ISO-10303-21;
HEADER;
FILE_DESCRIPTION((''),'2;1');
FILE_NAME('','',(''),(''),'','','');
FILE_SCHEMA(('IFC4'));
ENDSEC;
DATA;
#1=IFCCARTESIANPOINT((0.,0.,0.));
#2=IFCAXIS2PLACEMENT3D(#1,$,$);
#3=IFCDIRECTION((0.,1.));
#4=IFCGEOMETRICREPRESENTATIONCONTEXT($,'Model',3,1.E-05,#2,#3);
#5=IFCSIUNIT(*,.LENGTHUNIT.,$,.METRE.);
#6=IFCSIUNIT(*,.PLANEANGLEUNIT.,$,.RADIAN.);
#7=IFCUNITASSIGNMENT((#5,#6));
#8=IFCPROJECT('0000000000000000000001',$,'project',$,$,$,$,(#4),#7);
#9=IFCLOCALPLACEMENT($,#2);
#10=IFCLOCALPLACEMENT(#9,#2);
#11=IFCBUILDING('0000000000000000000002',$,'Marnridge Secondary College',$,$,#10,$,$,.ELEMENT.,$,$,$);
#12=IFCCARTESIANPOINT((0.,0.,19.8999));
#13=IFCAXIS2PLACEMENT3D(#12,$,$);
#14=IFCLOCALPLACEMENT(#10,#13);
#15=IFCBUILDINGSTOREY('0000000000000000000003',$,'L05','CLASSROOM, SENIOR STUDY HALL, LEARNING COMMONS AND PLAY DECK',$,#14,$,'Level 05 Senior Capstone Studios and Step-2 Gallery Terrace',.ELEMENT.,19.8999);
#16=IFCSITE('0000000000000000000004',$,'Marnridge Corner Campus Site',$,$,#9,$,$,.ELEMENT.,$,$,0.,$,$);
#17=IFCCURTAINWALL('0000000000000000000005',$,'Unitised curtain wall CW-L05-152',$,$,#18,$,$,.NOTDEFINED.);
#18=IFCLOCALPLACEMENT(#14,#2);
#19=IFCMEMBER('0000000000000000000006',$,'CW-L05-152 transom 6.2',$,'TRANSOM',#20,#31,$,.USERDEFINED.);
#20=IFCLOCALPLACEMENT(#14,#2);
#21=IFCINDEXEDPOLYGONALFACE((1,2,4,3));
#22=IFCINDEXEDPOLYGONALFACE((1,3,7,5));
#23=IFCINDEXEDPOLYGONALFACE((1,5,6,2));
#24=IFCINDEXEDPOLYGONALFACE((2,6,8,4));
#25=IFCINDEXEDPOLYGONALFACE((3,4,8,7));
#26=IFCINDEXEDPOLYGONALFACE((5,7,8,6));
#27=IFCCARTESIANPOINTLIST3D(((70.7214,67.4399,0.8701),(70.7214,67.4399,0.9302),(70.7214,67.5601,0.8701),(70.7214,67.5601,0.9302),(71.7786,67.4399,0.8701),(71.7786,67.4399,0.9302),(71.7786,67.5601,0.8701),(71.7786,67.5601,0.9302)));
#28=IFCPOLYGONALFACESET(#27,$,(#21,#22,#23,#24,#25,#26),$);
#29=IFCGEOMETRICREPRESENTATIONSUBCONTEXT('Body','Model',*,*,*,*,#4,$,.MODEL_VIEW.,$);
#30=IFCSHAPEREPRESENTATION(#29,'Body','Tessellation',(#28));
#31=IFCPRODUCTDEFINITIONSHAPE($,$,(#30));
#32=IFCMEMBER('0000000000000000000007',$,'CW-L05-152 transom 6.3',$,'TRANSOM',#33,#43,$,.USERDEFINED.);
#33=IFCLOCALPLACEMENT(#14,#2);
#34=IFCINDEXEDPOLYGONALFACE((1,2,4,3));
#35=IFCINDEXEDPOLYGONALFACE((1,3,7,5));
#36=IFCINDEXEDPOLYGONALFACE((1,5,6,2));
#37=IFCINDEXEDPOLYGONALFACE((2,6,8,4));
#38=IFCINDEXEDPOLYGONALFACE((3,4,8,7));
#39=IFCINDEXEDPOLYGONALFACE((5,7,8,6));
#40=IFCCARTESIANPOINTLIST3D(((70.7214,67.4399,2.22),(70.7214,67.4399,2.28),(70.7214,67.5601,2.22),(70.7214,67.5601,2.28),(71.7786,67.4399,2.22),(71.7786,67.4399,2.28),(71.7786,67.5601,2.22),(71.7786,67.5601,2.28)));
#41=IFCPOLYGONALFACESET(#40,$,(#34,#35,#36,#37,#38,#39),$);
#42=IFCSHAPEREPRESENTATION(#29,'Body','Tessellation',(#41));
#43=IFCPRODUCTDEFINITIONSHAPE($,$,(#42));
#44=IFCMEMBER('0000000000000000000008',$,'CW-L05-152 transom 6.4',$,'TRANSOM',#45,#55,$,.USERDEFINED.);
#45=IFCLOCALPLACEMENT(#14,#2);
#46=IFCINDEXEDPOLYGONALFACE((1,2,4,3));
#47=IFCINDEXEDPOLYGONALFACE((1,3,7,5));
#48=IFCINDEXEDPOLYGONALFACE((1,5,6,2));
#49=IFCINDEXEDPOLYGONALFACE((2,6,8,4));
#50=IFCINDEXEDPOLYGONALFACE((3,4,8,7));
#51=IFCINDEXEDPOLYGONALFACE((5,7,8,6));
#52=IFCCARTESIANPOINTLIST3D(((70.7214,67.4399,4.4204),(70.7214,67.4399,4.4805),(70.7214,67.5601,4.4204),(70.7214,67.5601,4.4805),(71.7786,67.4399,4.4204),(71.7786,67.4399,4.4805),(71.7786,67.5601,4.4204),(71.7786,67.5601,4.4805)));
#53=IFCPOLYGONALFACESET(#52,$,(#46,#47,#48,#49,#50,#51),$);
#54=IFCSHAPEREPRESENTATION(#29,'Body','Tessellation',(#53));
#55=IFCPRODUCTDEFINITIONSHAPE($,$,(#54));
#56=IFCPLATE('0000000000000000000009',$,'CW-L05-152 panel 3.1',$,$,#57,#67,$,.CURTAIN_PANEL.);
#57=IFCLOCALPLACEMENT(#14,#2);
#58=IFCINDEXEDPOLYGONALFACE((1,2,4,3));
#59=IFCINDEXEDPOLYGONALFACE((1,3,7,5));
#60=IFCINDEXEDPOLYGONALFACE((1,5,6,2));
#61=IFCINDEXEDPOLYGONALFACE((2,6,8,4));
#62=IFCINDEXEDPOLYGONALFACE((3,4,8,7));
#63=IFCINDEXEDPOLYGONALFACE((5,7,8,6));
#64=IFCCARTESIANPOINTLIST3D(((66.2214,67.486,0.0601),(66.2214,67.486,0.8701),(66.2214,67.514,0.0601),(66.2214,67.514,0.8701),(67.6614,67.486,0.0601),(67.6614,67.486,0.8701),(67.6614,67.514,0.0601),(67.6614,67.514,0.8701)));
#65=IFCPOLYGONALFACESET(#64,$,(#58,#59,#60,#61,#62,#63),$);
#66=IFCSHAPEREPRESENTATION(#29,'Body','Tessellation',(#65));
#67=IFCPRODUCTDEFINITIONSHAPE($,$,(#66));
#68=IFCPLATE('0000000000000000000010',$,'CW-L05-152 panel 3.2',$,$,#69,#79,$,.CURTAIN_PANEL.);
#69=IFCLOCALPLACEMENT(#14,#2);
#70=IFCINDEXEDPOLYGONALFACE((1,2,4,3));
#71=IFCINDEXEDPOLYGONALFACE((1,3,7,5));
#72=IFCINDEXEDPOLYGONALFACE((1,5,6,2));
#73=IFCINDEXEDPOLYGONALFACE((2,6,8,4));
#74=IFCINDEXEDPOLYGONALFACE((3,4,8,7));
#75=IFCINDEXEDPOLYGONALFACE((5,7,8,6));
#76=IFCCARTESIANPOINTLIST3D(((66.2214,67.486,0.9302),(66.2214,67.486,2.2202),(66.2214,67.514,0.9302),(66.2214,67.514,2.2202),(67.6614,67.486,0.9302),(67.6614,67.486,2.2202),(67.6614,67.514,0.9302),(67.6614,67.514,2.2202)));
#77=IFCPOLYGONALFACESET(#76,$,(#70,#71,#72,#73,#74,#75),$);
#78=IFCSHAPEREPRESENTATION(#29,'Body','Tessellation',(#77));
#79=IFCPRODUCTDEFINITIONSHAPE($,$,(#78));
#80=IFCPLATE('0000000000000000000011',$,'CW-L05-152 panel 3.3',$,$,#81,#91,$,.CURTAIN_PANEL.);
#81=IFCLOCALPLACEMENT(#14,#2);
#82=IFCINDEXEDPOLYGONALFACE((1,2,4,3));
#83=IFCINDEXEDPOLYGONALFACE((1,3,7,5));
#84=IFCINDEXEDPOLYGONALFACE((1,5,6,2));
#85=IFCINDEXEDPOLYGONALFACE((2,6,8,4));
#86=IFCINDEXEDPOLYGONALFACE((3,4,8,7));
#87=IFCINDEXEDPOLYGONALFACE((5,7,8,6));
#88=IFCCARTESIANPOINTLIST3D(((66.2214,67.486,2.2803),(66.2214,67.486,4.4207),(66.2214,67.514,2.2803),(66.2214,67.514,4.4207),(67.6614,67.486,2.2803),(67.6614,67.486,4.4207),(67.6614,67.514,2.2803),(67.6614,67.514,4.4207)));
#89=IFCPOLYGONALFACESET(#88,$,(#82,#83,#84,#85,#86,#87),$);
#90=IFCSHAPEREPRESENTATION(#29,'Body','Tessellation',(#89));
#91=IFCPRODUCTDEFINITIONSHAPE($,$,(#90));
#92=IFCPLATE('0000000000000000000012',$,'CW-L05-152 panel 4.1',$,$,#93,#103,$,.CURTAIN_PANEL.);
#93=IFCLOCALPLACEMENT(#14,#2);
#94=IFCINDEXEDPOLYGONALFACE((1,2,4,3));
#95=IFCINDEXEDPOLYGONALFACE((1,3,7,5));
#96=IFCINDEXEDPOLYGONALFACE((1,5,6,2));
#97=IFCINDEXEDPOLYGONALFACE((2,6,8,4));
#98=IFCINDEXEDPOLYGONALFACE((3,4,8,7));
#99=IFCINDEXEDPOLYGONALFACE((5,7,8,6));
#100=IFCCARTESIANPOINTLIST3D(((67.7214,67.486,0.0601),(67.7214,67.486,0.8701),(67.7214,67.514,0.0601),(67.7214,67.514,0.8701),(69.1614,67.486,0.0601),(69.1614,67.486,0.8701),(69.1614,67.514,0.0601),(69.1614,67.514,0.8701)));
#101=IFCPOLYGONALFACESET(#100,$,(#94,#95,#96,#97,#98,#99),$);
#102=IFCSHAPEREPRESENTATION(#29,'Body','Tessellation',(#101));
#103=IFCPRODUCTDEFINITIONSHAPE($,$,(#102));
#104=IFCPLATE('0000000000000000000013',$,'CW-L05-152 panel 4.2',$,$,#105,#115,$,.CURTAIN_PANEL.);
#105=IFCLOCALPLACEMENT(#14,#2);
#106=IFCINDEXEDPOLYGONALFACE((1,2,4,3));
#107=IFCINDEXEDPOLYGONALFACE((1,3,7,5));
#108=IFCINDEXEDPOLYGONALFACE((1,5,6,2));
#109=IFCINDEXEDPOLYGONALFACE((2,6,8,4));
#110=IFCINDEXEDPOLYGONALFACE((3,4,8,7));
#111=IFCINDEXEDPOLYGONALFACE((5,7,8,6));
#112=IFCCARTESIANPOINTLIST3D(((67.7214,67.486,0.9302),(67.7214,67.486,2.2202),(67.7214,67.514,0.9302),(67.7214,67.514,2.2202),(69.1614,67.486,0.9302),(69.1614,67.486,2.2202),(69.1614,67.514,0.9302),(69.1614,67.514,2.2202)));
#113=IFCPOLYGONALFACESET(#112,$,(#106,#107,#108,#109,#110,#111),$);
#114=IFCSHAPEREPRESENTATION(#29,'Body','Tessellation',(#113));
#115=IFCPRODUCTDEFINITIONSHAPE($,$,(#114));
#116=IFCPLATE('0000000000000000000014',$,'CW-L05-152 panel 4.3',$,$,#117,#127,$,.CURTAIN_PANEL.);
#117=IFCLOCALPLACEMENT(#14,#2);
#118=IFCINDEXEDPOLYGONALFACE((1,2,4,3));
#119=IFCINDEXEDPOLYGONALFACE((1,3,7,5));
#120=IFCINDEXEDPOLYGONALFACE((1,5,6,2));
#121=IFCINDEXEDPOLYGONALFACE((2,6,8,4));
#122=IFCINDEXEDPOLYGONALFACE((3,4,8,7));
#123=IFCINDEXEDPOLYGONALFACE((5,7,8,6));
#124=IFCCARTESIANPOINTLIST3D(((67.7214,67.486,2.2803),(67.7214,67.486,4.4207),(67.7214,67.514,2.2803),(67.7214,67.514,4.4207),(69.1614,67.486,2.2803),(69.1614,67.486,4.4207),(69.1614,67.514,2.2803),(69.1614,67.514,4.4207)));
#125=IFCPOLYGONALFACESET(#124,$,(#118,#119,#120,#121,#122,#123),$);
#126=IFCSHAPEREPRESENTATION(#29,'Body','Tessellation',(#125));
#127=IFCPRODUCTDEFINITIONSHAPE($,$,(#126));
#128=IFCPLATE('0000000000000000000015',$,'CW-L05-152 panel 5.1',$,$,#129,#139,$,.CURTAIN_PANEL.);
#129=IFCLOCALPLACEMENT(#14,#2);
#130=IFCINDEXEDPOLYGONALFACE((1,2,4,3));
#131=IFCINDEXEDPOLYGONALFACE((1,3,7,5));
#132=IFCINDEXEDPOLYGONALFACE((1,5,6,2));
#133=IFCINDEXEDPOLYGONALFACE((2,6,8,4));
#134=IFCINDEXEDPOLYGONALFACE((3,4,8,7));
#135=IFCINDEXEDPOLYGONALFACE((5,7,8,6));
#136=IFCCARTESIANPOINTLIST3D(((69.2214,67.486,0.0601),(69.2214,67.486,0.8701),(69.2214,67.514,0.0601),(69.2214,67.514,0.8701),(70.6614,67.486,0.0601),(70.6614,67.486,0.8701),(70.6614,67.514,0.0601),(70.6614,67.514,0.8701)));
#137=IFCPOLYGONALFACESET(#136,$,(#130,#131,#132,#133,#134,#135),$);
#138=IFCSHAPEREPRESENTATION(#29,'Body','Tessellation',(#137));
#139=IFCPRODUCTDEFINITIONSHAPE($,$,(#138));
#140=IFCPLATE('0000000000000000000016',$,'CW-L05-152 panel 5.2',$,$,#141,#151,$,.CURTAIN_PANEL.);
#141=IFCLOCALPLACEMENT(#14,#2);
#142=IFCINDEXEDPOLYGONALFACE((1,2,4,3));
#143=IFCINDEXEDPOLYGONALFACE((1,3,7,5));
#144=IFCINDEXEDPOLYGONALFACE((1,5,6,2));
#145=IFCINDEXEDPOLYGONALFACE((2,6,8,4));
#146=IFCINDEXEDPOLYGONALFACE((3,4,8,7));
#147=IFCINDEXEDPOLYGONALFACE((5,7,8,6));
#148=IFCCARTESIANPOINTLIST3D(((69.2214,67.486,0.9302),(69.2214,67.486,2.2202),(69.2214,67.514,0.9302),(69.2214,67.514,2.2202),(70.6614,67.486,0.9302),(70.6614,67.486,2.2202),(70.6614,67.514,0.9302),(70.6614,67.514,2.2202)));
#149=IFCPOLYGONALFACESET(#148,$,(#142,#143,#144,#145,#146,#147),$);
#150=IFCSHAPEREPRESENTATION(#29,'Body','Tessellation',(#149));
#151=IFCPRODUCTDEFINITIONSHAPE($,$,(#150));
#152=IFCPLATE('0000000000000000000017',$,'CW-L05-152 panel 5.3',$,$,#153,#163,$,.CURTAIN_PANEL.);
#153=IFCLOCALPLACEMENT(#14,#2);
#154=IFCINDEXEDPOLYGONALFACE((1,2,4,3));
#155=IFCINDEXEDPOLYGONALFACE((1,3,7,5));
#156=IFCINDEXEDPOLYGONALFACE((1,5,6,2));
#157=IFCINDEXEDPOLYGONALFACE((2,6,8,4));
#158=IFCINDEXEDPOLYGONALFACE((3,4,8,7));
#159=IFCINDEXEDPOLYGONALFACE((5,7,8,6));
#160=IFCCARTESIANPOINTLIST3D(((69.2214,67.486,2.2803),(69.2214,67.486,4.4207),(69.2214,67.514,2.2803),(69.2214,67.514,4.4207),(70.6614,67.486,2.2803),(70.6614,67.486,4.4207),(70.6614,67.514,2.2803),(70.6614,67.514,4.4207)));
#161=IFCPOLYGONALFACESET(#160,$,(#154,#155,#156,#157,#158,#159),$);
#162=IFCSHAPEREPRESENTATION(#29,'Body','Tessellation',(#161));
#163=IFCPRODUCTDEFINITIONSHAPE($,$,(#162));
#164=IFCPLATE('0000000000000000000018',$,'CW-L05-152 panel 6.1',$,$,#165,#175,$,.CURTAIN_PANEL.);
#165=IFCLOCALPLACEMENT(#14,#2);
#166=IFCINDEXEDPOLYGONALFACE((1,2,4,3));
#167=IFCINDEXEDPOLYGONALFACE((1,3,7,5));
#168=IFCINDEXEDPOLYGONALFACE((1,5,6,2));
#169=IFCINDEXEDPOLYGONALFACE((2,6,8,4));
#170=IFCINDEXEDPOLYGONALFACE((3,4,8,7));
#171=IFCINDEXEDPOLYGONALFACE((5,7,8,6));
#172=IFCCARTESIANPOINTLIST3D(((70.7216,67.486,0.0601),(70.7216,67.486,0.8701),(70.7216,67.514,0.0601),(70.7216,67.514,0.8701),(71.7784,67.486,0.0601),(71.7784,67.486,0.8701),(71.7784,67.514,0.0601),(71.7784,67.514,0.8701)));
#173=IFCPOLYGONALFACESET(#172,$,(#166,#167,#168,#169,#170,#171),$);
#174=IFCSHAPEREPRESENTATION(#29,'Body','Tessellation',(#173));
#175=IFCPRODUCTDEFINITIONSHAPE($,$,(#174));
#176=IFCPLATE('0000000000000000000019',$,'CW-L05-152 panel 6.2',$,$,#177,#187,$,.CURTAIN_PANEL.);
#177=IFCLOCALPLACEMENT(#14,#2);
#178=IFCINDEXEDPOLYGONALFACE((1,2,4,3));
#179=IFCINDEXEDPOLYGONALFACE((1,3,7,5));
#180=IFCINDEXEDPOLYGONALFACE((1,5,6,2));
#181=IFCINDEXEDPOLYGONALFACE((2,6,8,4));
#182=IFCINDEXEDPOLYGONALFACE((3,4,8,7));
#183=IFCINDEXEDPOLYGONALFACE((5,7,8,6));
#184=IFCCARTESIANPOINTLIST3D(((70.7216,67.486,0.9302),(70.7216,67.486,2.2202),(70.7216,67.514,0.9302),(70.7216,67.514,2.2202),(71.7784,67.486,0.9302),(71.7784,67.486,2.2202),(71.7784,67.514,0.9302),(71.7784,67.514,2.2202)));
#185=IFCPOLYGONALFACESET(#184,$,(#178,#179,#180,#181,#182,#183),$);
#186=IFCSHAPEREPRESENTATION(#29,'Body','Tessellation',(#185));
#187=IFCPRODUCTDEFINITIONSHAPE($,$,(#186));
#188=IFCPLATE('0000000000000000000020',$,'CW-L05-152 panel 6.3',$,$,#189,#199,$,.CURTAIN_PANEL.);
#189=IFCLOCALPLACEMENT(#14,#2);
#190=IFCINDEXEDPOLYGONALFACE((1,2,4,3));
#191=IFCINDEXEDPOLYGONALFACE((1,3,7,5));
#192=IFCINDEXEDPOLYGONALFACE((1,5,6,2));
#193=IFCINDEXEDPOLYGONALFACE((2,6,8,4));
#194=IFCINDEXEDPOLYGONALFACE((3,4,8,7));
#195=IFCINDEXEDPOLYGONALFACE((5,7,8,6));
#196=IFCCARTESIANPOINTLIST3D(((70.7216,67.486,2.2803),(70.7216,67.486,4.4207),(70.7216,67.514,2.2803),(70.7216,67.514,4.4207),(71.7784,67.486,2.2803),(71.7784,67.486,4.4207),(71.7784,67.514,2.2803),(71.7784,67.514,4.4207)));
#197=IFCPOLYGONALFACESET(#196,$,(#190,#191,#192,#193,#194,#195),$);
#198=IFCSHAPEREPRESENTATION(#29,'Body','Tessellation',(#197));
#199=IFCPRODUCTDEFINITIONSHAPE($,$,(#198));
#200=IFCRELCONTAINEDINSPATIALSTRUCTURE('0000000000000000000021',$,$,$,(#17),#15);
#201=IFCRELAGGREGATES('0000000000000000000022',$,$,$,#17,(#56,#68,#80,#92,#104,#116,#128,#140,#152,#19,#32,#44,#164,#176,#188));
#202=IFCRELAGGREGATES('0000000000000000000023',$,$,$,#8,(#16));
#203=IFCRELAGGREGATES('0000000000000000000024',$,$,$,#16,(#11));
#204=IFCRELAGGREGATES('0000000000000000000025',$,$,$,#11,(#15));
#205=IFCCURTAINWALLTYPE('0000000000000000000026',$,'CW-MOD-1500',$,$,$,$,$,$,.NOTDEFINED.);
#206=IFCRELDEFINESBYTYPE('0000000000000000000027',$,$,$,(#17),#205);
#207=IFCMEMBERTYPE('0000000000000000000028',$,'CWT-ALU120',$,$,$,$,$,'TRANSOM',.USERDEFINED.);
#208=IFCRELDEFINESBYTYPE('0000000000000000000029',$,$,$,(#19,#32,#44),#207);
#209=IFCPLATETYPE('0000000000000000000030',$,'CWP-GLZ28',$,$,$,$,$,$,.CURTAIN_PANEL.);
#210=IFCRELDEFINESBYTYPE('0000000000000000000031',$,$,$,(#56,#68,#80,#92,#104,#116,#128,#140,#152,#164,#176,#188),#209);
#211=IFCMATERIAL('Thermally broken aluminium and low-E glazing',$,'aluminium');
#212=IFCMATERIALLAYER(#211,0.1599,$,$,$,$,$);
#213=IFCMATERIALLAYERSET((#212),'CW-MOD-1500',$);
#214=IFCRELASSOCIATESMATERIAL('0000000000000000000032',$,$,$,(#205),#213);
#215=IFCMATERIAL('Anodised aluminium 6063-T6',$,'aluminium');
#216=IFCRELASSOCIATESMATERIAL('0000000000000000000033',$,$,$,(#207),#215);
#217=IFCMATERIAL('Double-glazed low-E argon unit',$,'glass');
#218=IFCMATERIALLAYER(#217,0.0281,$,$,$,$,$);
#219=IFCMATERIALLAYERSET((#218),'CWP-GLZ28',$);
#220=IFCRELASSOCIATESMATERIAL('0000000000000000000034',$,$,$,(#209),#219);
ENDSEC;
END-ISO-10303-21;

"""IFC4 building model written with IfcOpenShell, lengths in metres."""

from ifc_helpers import new_model, si_unit, direction, frame, origin, origin_2d, place, context, subcontext, project, spatial, rectangle, extrude, material, layer, layer_set, material_profile, profile_set, type_object, element, aggregate, save


model = new_model("IFC4")

# Units and contexts
model_context = context("Model", 3, precision=1e-05, world=origin(), true_north=direction((0.0, 1.0)))
body_context = subcontext(model_context, "Body", "Model", "MODEL_VIEW")
ifc_project = project(units=[si_unit("LENGTHUNIT", "METRE"), si_unit("PLANEANGLEUNIT", "RADIAN")], contexts=[model_context])

# Site, building, storey
site_placement = place(None, origin())
site = spatial("IfcSite", under=ifc_project, at=site_placement, Name="Marnridge Corner Campus Site", CompositionType="ELEMENT", RefElevation=0.0)
building_placement = place(site_placement, origin())
building = spatial("IfcBuilding", under=site, at=building_placement, Name="Marnridge Secondary College", CompositionType="ELEMENT")
storey_placement = place(building_placement, frame((0.0, 0.0, 19.8999)))
storey = spatial("IfcBuildingStorey", under=building, at=storey_placement, Name="L05", Description="CLASSROOM, SENIOR STUDY HALL, LEARNING COMMONS AND PLAY DECK", LongName="Level 05 Senior Capstone Studios and Step-2 Gallery Terrace", CompositionType="ELEMENT", Elevation=19.8999)

# Curtain wall, members, plates
ifc_material_1 = material(Name="Thermally broken aluminium and low-E glazing", Category="aluminium")
ifc_layer_1 = layer(ifc_material_1, 0.1599)
ifc_layer_set_1 = layer_set([ifc_layer_1], Name="CW-MOD-1500")
curtain_wall_type = type_object("IfcCurtainWallType", Name="CW-MOD-1500", PredefinedType="NOTDEFINED", material=ifc_layer_set_1)
curtain_wall_placement = place(storey_placement, origin())
curtain_wall = element("IfcCurtainWall", 1, at=curtain_wall_placement, inside=storey, type_object=curtain_wall_type, Name="Unitised curtain wall CW-L05-152", PredefinedType="NOTDEFINED")
ifc_material_2 = material(Name="Anodised aluminium 6063-T6", Category="aluminium")
ifc_material_profile_1 = material_profile(ifc_material_2, rectangle(XDim=0.0601, YDim=0.1201, at=origin_2d()), Name="ALU 60x120")
ifc_profile_set_1 = profile_set([ifc_material_profile_1], Name="Anodised aluminium 6063-T6")
member_type_1 = type_object("IfcMemberType", Name="CWT-ALU120", ElementType="TRANSOM", PredefinedType="USERDEFINED", material=ifc_profile_set_1)
member_1_placement = place(storey_placement, frame((70.7214, 67.5, 0.9001), z_axis=(1.0, 0.0, 0.0), x_axis=(0.0, 0.0, 1.0)))
member_1 = element("IfcMember", 2, at=member_1_placement, type_object=member_type_1, Name="CW-L05-152 transom 6.2", ObjectType="TRANSOM", PredefinedType="USERDEFINED", context=body_context, shape_type="SweptSolid", body=[
    extrude(rectangle(XDim=0.0601, YDim=0.1201, at=origin_2d()), origin(), (0.0, 0.0, 1.0), 1.0571),
])
member_2_placement = place(storey_placement, frame((70.7214, 67.5, 2.25), z_axis=(1.0, 0.0, 0.0), x_axis=(0.0, 0.0, 1.0)))
member_2 = element("IfcMember", 3, at=member_2_placement, type_object=member_type_1, Name="CW-L05-152 transom 6.3", ObjectType="TRANSOM", PredefinedType="USERDEFINED", context=body_context, shape_type="SweptSolid", body=[
    extrude(rectangle(XDim=0.0601, YDim=0.1201, at=origin_2d()), origin(), (0.0, 0.0, 1.0), 1.0571),
])
member_3_placement = place(storey_placement, frame((70.7214, 67.5, 4.4504), z_axis=(1.0, 0.0, 0.0), x_axis=(0.0, 0.0, 1.0)))
member_3 = element("IfcMember", 4, at=member_3_placement, type_object=member_type_1, Name="CW-L05-152 transom 6.4", ObjectType="TRANSOM", PredefinedType="USERDEFINED", context=body_context, shape_type="SweptSolid", body=[
    extrude(rectangle(XDim=0.0601, YDim=0.1201, at=origin_2d()), origin(), (0.0, 0.0, 1.0), 1.0571),
])
ifc_material_3 = material(Name="Double-glazed low-E argon unit", Category="glass")
ifc_layer_2 = layer(ifc_material_3, 0.0281)
ifc_layer_set_2 = layer_set([ifc_layer_2], Name="CWP-GLZ28")
plate_type = type_object("IfcPlateType", Name="CWP-GLZ28", PredefinedType="CURTAIN_PANEL", material=ifc_layer_set_2)
plate_1_placement = place(storey_placement, frame((66.9414, 67.5, 0.0601), z_axis=(0.0, 0.0, 1.0), x_axis=(1.0, 0.0, 0.0)))
plate_1 = element("IfcPlate", 5, at=plate_1_placement, type_object=plate_type, Name="CW-L05-152 panel 3.1", PredefinedType="CURTAIN_PANEL", context=body_context, shape_type="SweptSolid", body=[
    extrude(rectangle(XDim=1.4399, YDim=0.0281, at=origin_2d()), origin(), (0.0, 0.0, 1.0), 0.8101),
])
plate_2_placement = place(storey_placement, frame((66.9414, 67.5, 0.9302), z_axis=(0.0, 0.0, 1.0), x_axis=(1.0, 0.0, 0.0)))
plate_2 = element("IfcPlate", 6, at=plate_2_placement, type_object=plate_type, Name="CW-L05-152 panel 3.2", PredefinedType="CURTAIN_PANEL", context=body_context, shape_type="SweptSolid", body=[
    extrude(rectangle(XDim=1.4399, YDim=0.0281, at=origin_2d()), origin(), (0.0, 0.0, 1.0), 1.29),
])
plate_3_placement = place(storey_placement, frame((66.9414, 67.5, 2.2803), z_axis=(0.0, 0.0, 1.0), x_axis=(1.0, 0.0, 0.0)))
plate_3 = element("IfcPlate", 7, at=plate_3_placement, type_object=plate_type, Name="CW-L05-152 panel 3.3", PredefinedType="CURTAIN_PANEL", context=body_context, shape_type="SweptSolid", body=[
    extrude(rectangle(XDim=1.4399, YDim=0.0281, at=origin_2d()), origin(), (0.0, 0.0, 1.0), 2.1404),
])
plate_4_placement = place(storey_placement, frame((68.4414, 67.5, 0.0601), z_axis=(0.0, 0.0, 1.0), x_axis=(1.0, 0.0, 0.0)))
plate_4 = element("IfcPlate", 8, at=plate_4_placement, type_object=plate_type, Name="CW-L05-152 panel 4.1", PredefinedType="CURTAIN_PANEL", context=body_context, shape_type="SweptSolid", body=[
    extrude(rectangle(XDim=1.4399, YDim=0.0281, at=origin_2d()), origin(), (0.0, 0.0, 1.0), 0.8101),
])
plate_5_placement = place(storey_placement, frame((68.4414, 67.5, 0.9302), z_axis=(0.0, 0.0, 1.0), x_axis=(1.0, 0.0, 0.0)))
plate_5 = element("IfcPlate", 9, at=plate_5_placement, type_object=plate_type, Name="CW-L05-152 panel 4.2", PredefinedType="CURTAIN_PANEL", context=body_context, shape_type="SweptSolid", body=[
    extrude(rectangle(XDim=1.4399, YDim=0.0281, at=origin_2d()), origin(), (0.0, 0.0, 1.0), 1.29),
])
plate_6_placement = place(storey_placement, frame((68.4414, 67.5, 2.2803), z_axis=(0.0, 0.0, 1.0), x_axis=(1.0, 0.0, 0.0)))
plate_6 = element("IfcPlate", 10, at=plate_6_placement, type_object=plate_type, Name="CW-L05-152 panel 4.3", PredefinedType="CURTAIN_PANEL", context=body_context, shape_type="SweptSolid", body=[
    extrude(rectangle(XDim=1.4399, YDim=0.0281, at=origin_2d()), origin(), (0.0, 0.0, 1.0), 2.1404),
])
plate_7_placement = place(storey_placement, frame((69.9414, 67.5, 0.0601), z_axis=(0.0, 0.0, 1.0), x_axis=(1.0, 0.0, 0.0)))
plate_7 = element("IfcPlate", 11, at=plate_7_placement, type_object=plate_type, Name="CW-L05-152 panel 5.1", PredefinedType="CURTAIN_PANEL", context=body_context, shape_type="SweptSolid", body=[
    extrude(rectangle(XDim=1.4399, YDim=0.0281, at=origin_2d()), origin(), (0.0, 0.0, 1.0), 0.8101),
])
plate_8_placement = place(storey_placement, frame((69.9414, 67.5, 0.9302), z_axis=(0.0, 0.0, 1.0), x_axis=(1.0, 0.0, 0.0)))
plate_8 = element("IfcPlate", 12, at=plate_8_placement, type_object=plate_type, Name="CW-L05-152 panel 5.2", PredefinedType="CURTAIN_PANEL", context=body_context, shape_type="SweptSolid", body=[
    extrude(rectangle(XDim=1.4399, YDim=0.0281, at=origin_2d()), origin(), (0.0, 0.0, 1.0), 1.29),
])
plate_9_placement = place(storey_placement, frame((69.9414, 67.5, 2.2803), z_axis=(0.0, 0.0, 1.0), x_axis=(1.0, 0.0, 0.0)))
plate_9 = element("IfcPlate", 13, at=plate_9_placement, type_object=plate_type, Name="CW-L05-152 panel 5.3", PredefinedType="CURTAIN_PANEL", context=body_context, shape_type="SweptSolid", body=[
    extrude(rectangle(XDim=1.4399, YDim=0.0281, at=origin_2d()), origin(), (0.0, 0.0, 1.0), 2.1404),
])
plate_10_placement = place(storey_placement, frame((71.25, 67.5, 0.0601), z_axis=(0.0, 0.0, 1.0), x_axis=(1.0, 0.0, 0.0)))
plate_10 = element("IfcPlate", 14, at=plate_10_placement, type_object=plate_type, Name="CW-L05-152 panel 6.1", PredefinedType="CURTAIN_PANEL", context=body_context, shape_type="SweptSolid", body=[
    extrude(rectangle(XDim=1.0569, YDim=0.0281, at=origin_2d()), origin(), (0.0, 0.0, 1.0), 0.8101),
])
plate_11_placement = place(storey_placement, frame((71.25, 67.5, 0.9302), z_axis=(0.0, 0.0, 1.0), x_axis=(1.0, 0.0, 0.0)))
plate_11 = element("IfcPlate", 15, at=plate_11_placement, type_object=plate_type, Name="CW-L05-152 panel 6.2", PredefinedType="CURTAIN_PANEL", context=body_context, shape_type="SweptSolid", body=[
    extrude(rectangle(XDim=1.0569, YDim=0.0281, at=origin_2d()), origin(), (0.0, 0.0, 1.0), 1.29),
])
plate_12_placement = place(storey_placement, frame((71.25, 67.5, 2.2803), z_axis=(0.0, 0.0, 1.0), x_axis=(1.0, 0.0, 0.0)))
plate_12 = element("IfcPlate", 16, at=plate_12_placement, type_object=plate_type, Name="CW-L05-152 panel 6.3", PredefinedType="CURTAIN_PANEL", context=body_context, shape_type="SweptSolid", body=[
    extrude(rectangle(XDim=1.0569, YDim=0.0281, at=origin_2d()), origin(), (0.0, 0.0, 1.0), 2.1404),
])
aggregate(curtain_wall, [plate_1, plate_2, plate_3, plate_4, plate_5, plate_6, plate_7, plate_8, plate_9, member_1, member_2, member_3, plate_10, plate_11, plate_12])

save(model, "model.ifc")
